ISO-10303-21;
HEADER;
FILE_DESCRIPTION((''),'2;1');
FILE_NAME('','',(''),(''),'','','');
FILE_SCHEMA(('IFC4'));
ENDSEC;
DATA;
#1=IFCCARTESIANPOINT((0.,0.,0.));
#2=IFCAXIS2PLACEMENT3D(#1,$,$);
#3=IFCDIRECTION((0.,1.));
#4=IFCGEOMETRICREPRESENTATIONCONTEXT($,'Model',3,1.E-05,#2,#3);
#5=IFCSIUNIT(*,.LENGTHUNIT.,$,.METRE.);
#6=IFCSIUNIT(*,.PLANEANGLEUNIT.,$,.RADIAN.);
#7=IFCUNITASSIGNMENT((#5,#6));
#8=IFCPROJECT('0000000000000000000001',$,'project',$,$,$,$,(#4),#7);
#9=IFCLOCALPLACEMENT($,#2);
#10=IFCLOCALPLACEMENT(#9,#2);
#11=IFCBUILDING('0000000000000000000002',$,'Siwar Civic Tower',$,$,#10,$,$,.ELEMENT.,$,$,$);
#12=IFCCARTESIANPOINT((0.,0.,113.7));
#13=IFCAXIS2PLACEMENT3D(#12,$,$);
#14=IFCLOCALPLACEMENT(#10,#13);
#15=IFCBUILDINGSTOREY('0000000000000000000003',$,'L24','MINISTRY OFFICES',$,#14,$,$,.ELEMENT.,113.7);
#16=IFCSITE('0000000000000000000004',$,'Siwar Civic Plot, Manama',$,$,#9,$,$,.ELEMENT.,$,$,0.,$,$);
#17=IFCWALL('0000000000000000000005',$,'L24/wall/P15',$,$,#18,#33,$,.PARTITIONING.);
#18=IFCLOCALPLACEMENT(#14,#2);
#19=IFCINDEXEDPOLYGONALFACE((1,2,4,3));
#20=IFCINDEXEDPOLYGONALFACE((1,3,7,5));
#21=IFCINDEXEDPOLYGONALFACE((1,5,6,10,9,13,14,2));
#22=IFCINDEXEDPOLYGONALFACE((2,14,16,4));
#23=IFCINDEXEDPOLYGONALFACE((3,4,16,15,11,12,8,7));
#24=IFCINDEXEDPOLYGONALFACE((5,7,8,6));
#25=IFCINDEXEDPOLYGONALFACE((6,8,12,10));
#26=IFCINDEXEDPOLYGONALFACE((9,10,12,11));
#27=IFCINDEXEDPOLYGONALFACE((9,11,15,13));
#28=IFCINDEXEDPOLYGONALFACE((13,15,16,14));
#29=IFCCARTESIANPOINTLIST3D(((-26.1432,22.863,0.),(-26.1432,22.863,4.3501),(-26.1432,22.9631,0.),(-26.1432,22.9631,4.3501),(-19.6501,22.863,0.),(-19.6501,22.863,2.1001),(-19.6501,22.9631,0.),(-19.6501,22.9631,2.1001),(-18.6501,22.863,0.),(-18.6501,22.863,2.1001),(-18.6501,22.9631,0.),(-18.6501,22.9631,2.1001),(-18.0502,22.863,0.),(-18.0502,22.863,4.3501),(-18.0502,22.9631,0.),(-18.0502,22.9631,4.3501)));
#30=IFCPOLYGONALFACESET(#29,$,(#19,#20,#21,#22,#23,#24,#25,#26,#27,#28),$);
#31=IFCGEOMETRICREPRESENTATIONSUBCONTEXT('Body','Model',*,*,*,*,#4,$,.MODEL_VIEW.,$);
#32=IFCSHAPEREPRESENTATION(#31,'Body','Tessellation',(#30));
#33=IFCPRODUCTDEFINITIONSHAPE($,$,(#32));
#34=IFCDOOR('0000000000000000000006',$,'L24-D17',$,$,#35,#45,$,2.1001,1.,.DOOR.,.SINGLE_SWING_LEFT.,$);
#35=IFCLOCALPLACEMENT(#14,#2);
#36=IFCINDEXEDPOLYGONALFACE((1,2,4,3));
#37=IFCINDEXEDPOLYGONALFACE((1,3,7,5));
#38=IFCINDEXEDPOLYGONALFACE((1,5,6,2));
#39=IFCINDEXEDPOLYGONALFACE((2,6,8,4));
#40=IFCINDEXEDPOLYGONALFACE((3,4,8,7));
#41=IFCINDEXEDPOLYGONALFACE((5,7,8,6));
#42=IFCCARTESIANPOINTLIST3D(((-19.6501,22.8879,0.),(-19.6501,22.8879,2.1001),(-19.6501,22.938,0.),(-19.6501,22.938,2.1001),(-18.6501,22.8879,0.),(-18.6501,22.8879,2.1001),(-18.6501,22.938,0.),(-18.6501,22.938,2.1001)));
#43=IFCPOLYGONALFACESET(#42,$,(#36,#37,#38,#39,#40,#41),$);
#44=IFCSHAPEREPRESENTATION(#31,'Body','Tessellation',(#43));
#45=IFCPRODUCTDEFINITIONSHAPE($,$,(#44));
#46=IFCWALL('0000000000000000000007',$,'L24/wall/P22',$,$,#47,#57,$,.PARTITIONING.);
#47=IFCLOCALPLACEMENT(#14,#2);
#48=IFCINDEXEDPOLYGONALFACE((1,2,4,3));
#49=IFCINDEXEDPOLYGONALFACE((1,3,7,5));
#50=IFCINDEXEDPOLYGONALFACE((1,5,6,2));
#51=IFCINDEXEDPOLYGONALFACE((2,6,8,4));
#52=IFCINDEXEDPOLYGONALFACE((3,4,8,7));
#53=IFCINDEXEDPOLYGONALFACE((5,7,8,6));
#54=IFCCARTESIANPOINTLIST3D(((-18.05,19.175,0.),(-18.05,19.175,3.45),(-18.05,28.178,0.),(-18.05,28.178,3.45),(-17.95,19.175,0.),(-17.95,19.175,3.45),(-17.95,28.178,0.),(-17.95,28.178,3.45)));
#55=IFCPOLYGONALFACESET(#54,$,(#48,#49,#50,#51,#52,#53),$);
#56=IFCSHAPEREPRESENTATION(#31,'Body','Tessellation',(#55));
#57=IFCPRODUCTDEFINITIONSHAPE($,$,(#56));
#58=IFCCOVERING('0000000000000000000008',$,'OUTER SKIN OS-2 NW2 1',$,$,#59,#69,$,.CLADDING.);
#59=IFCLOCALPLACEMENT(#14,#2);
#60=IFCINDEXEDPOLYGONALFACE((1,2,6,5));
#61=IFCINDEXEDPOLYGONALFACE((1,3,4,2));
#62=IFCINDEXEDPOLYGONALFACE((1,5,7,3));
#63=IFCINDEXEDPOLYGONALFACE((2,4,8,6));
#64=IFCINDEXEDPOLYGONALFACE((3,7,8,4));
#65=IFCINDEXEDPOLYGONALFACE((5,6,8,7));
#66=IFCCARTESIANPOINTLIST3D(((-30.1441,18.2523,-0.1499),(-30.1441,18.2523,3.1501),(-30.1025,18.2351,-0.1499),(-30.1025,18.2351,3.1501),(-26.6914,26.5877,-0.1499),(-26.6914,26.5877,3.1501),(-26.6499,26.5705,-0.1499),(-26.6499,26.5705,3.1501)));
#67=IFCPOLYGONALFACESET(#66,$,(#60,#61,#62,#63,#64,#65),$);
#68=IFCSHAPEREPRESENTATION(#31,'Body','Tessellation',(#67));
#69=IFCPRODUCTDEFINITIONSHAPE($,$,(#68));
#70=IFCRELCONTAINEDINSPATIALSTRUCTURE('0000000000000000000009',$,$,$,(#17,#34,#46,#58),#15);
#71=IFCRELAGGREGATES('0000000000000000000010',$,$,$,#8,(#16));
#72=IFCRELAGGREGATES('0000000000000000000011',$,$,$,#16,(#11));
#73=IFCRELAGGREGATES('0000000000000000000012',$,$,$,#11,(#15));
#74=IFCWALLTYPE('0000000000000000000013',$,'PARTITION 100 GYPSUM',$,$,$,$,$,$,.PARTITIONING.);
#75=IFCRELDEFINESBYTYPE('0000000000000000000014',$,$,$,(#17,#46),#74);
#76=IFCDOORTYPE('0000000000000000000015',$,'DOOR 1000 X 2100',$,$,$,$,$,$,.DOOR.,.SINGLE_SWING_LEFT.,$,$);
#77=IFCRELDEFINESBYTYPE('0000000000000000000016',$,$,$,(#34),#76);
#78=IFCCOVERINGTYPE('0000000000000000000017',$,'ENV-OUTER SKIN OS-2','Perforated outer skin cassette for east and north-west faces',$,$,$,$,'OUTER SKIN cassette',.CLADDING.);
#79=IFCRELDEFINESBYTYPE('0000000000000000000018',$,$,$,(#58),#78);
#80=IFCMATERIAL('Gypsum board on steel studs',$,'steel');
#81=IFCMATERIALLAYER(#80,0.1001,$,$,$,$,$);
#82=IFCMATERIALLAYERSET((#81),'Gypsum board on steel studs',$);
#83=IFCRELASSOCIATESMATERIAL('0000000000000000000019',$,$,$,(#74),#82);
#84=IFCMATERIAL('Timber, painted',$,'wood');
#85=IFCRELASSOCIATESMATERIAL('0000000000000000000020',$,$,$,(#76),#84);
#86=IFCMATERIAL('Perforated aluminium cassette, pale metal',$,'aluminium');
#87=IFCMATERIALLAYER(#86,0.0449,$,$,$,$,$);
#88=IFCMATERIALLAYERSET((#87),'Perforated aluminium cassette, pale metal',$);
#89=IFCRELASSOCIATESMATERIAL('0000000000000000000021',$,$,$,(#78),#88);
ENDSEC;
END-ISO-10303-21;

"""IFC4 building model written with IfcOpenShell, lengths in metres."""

from ifc_helpers import new_model, si_unit, direction, frame, frame_2d, origin, origin_2d, place, context, subcontext, project, spatial, rectangle, extrude, material, layer, layer_set, type_object, element, fill, save


model = new_model("IFC4")

# Units and contexts
model_context = context("Model", 3, precision=1e-05, world=origin(), true_north=direction((0.0, 1.0)))
body_context = subcontext(model_context, "Body", "Model", "MODEL_VIEW")
ifc_project = project(units=[si_unit("LENGTHUNIT", "METRE"), si_unit("PLANEANGLEUNIT", "RADIAN")], contexts=[model_context])

# Site, building, storey
site_placement = place(None, origin())
site = spatial("IfcSite", under=ifc_project, at=site_placement, Name="Siwar Civic Plot, Manama", CompositionType="ELEMENT", RefElevation=0.0)
building_placement = place(site_placement, origin())
building = spatial("IfcBuilding", under=site, at=building_placement, Name="Siwar Civic Tower", CompositionType="ELEMENT")
storey_placement = place(building_placement, frame((0.0, 0.0, 113.7)))
storey = spatial("IfcBuildingStorey", under=building, at=storey_placement, Name="L24", Description="MINISTRY OFFICES", CompositionType="ELEMENT", Elevation=113.7)

# Wall, opening, door
ifc_material_1 = material(Name="Gypsum board on steel studs", Category="steel")
ifc_layer_1 = layer(ifc_material_1, 0.1001)
ifc_layer_set_1 = layer_set([ifc_layer_1], Name="Gypsum board on steel studs")
wall_type_1 = type_object("IfcWallType", Name="PARTITION 100 GYPSUM", PredefinedType="PARTITIONING", material=ifc_layer_set_1)
wall_1_placement = place(storey_placement, frame((-26.1431, 22.9131, 0.0), z_axis=(0.0, 0.0, 1.0), x_axis=(1.0, 0.0, 0.0)))
wall_1 = element("IfcWall", 1, at=wall_1_placement, inside=storey, type_object=wall_type_1, Name="L24/wall/P15", PredefinedType="PARTITIONING", context=body_context, shape_type="SweptSolid", body=[
    extrude(rectangle(XDim=8.093, YDim=0.1001, at=frame_2d((4.0464, 0.0))), origin(), (0.0, 0.0, 1.0), 4.3501),
])
opening_1_placement = place(wall_1_placement, frame((6.4929, 0.0, 0.0)))
opening_1 = element("IfcOpeningElement", 2, at=opening_1_placement, cuts=wall_1, PredefinedType="OPENING", context=body_context, shape_type="SweptSolid", body=[
    extrude(rectangle(XDim=1.0, YDim=2.1001, at=frame_2d((0.5, 1.05))), frame((0.0, 0.0601, 0.0), z_axis=(0.0, -1.0, 0.0), x_axis=(1.0, 0.0, 0.0)), (0.0, 0.0, 1.0), 0.1201),
])
ifc_material_2 = material(Name="Timber, painted", Category="wood")
door_type_1 = type_object("IfcDoorType", Name="DOOR 1000 X 2100", OperationType="SINGLE_SWING_LEFT", PredefinedType="DOOR", material=ifc_material_2)
door_1_placement = place(opening_1_placement, origin())
door_1 = element("IfcDoor", 3, at=door_1_placement, inside=storey, type_object=door_type_1, Name="L24-D17", OperationType="SINGLE_SWING_LEFT", OverallHeight=2.1001, OverallWidth=1.0, PredefinedType="DOOR", context=body_context, shape_type="SweptSolid", body=[
    extrude(rectangle(XDim=1.0, YDim=2.1001, at=frame_2d((0.5, 1.05))), frame((0.0, 0.0249, 0.0), z_axis=(0.0, -1.0, 0.0), x_axis=(1.0, 0.0, 0.0)), (0.0, 0.0, 1.0), 0.05),
])
fill(opening_1, door_1)

# Wall
wall_2_placement = place(storey_placement, frame((-18.0, 19.175, 0.0), z_axis=(0.0, 0.0, 1.0), x_axis=(0.0, 1.0, 0.0)))
element("IfcWall", 4, at=wall_2_placement, inside=storey, type_object=wall_type_1, Name="L24/wall/P22", PredefinedType="PARTITIONING", context=body_context, shape_type="SweptSolid", body=[
    extrude(rectangle(XDim=9.0029, YDim=0.1001, at=frame_2d((4.5015, 0.0))), origin(), (0.0, 0.0, 1.0), 3.45),
])

# Covering
ifc_material_3 = material(Name="Perforated aluminium cassette, pale metal", Category="aluminium")
ifc_layer_2 = layer(ifc_material_3, 0.0449)
ifc_layer_set_2 = layer_set([ifc_layer_2], Name="Perforated aluminium cassette, pale metal")
covering_type = type_object("IfcCoveringType", Name="ENV-OUTER SKIN OS-2", Description="Perforated outer skin cassette for east and north-west faces", ElementType="OUTER SKIN cassette", PredefinedType="CLADDING", material=ifc_layer_set_2)
covering_placement = place(storey_placement, frame((-28.397, 22.4114, -0.1499), z_axis=(0.0, 0.0, 1.0), x_axis=(-0.382683, -0.92388, 0.0)))
element("IfcCovering", 5, at=covering_placement, inside=storey, type_object=covering_type, Name="OUTER SKIN OS-2 NW2 1", PredefinedType="CLADDING", context=body_context, shape_type="SweptSolid", body=[
    extrude(rectangle(XDim=9.0222, YDim=0.0449, at=origin_2d()), origin(), (0.0, 0.0, 1.0), 3.3),
])

save(model, "model.ifc")
